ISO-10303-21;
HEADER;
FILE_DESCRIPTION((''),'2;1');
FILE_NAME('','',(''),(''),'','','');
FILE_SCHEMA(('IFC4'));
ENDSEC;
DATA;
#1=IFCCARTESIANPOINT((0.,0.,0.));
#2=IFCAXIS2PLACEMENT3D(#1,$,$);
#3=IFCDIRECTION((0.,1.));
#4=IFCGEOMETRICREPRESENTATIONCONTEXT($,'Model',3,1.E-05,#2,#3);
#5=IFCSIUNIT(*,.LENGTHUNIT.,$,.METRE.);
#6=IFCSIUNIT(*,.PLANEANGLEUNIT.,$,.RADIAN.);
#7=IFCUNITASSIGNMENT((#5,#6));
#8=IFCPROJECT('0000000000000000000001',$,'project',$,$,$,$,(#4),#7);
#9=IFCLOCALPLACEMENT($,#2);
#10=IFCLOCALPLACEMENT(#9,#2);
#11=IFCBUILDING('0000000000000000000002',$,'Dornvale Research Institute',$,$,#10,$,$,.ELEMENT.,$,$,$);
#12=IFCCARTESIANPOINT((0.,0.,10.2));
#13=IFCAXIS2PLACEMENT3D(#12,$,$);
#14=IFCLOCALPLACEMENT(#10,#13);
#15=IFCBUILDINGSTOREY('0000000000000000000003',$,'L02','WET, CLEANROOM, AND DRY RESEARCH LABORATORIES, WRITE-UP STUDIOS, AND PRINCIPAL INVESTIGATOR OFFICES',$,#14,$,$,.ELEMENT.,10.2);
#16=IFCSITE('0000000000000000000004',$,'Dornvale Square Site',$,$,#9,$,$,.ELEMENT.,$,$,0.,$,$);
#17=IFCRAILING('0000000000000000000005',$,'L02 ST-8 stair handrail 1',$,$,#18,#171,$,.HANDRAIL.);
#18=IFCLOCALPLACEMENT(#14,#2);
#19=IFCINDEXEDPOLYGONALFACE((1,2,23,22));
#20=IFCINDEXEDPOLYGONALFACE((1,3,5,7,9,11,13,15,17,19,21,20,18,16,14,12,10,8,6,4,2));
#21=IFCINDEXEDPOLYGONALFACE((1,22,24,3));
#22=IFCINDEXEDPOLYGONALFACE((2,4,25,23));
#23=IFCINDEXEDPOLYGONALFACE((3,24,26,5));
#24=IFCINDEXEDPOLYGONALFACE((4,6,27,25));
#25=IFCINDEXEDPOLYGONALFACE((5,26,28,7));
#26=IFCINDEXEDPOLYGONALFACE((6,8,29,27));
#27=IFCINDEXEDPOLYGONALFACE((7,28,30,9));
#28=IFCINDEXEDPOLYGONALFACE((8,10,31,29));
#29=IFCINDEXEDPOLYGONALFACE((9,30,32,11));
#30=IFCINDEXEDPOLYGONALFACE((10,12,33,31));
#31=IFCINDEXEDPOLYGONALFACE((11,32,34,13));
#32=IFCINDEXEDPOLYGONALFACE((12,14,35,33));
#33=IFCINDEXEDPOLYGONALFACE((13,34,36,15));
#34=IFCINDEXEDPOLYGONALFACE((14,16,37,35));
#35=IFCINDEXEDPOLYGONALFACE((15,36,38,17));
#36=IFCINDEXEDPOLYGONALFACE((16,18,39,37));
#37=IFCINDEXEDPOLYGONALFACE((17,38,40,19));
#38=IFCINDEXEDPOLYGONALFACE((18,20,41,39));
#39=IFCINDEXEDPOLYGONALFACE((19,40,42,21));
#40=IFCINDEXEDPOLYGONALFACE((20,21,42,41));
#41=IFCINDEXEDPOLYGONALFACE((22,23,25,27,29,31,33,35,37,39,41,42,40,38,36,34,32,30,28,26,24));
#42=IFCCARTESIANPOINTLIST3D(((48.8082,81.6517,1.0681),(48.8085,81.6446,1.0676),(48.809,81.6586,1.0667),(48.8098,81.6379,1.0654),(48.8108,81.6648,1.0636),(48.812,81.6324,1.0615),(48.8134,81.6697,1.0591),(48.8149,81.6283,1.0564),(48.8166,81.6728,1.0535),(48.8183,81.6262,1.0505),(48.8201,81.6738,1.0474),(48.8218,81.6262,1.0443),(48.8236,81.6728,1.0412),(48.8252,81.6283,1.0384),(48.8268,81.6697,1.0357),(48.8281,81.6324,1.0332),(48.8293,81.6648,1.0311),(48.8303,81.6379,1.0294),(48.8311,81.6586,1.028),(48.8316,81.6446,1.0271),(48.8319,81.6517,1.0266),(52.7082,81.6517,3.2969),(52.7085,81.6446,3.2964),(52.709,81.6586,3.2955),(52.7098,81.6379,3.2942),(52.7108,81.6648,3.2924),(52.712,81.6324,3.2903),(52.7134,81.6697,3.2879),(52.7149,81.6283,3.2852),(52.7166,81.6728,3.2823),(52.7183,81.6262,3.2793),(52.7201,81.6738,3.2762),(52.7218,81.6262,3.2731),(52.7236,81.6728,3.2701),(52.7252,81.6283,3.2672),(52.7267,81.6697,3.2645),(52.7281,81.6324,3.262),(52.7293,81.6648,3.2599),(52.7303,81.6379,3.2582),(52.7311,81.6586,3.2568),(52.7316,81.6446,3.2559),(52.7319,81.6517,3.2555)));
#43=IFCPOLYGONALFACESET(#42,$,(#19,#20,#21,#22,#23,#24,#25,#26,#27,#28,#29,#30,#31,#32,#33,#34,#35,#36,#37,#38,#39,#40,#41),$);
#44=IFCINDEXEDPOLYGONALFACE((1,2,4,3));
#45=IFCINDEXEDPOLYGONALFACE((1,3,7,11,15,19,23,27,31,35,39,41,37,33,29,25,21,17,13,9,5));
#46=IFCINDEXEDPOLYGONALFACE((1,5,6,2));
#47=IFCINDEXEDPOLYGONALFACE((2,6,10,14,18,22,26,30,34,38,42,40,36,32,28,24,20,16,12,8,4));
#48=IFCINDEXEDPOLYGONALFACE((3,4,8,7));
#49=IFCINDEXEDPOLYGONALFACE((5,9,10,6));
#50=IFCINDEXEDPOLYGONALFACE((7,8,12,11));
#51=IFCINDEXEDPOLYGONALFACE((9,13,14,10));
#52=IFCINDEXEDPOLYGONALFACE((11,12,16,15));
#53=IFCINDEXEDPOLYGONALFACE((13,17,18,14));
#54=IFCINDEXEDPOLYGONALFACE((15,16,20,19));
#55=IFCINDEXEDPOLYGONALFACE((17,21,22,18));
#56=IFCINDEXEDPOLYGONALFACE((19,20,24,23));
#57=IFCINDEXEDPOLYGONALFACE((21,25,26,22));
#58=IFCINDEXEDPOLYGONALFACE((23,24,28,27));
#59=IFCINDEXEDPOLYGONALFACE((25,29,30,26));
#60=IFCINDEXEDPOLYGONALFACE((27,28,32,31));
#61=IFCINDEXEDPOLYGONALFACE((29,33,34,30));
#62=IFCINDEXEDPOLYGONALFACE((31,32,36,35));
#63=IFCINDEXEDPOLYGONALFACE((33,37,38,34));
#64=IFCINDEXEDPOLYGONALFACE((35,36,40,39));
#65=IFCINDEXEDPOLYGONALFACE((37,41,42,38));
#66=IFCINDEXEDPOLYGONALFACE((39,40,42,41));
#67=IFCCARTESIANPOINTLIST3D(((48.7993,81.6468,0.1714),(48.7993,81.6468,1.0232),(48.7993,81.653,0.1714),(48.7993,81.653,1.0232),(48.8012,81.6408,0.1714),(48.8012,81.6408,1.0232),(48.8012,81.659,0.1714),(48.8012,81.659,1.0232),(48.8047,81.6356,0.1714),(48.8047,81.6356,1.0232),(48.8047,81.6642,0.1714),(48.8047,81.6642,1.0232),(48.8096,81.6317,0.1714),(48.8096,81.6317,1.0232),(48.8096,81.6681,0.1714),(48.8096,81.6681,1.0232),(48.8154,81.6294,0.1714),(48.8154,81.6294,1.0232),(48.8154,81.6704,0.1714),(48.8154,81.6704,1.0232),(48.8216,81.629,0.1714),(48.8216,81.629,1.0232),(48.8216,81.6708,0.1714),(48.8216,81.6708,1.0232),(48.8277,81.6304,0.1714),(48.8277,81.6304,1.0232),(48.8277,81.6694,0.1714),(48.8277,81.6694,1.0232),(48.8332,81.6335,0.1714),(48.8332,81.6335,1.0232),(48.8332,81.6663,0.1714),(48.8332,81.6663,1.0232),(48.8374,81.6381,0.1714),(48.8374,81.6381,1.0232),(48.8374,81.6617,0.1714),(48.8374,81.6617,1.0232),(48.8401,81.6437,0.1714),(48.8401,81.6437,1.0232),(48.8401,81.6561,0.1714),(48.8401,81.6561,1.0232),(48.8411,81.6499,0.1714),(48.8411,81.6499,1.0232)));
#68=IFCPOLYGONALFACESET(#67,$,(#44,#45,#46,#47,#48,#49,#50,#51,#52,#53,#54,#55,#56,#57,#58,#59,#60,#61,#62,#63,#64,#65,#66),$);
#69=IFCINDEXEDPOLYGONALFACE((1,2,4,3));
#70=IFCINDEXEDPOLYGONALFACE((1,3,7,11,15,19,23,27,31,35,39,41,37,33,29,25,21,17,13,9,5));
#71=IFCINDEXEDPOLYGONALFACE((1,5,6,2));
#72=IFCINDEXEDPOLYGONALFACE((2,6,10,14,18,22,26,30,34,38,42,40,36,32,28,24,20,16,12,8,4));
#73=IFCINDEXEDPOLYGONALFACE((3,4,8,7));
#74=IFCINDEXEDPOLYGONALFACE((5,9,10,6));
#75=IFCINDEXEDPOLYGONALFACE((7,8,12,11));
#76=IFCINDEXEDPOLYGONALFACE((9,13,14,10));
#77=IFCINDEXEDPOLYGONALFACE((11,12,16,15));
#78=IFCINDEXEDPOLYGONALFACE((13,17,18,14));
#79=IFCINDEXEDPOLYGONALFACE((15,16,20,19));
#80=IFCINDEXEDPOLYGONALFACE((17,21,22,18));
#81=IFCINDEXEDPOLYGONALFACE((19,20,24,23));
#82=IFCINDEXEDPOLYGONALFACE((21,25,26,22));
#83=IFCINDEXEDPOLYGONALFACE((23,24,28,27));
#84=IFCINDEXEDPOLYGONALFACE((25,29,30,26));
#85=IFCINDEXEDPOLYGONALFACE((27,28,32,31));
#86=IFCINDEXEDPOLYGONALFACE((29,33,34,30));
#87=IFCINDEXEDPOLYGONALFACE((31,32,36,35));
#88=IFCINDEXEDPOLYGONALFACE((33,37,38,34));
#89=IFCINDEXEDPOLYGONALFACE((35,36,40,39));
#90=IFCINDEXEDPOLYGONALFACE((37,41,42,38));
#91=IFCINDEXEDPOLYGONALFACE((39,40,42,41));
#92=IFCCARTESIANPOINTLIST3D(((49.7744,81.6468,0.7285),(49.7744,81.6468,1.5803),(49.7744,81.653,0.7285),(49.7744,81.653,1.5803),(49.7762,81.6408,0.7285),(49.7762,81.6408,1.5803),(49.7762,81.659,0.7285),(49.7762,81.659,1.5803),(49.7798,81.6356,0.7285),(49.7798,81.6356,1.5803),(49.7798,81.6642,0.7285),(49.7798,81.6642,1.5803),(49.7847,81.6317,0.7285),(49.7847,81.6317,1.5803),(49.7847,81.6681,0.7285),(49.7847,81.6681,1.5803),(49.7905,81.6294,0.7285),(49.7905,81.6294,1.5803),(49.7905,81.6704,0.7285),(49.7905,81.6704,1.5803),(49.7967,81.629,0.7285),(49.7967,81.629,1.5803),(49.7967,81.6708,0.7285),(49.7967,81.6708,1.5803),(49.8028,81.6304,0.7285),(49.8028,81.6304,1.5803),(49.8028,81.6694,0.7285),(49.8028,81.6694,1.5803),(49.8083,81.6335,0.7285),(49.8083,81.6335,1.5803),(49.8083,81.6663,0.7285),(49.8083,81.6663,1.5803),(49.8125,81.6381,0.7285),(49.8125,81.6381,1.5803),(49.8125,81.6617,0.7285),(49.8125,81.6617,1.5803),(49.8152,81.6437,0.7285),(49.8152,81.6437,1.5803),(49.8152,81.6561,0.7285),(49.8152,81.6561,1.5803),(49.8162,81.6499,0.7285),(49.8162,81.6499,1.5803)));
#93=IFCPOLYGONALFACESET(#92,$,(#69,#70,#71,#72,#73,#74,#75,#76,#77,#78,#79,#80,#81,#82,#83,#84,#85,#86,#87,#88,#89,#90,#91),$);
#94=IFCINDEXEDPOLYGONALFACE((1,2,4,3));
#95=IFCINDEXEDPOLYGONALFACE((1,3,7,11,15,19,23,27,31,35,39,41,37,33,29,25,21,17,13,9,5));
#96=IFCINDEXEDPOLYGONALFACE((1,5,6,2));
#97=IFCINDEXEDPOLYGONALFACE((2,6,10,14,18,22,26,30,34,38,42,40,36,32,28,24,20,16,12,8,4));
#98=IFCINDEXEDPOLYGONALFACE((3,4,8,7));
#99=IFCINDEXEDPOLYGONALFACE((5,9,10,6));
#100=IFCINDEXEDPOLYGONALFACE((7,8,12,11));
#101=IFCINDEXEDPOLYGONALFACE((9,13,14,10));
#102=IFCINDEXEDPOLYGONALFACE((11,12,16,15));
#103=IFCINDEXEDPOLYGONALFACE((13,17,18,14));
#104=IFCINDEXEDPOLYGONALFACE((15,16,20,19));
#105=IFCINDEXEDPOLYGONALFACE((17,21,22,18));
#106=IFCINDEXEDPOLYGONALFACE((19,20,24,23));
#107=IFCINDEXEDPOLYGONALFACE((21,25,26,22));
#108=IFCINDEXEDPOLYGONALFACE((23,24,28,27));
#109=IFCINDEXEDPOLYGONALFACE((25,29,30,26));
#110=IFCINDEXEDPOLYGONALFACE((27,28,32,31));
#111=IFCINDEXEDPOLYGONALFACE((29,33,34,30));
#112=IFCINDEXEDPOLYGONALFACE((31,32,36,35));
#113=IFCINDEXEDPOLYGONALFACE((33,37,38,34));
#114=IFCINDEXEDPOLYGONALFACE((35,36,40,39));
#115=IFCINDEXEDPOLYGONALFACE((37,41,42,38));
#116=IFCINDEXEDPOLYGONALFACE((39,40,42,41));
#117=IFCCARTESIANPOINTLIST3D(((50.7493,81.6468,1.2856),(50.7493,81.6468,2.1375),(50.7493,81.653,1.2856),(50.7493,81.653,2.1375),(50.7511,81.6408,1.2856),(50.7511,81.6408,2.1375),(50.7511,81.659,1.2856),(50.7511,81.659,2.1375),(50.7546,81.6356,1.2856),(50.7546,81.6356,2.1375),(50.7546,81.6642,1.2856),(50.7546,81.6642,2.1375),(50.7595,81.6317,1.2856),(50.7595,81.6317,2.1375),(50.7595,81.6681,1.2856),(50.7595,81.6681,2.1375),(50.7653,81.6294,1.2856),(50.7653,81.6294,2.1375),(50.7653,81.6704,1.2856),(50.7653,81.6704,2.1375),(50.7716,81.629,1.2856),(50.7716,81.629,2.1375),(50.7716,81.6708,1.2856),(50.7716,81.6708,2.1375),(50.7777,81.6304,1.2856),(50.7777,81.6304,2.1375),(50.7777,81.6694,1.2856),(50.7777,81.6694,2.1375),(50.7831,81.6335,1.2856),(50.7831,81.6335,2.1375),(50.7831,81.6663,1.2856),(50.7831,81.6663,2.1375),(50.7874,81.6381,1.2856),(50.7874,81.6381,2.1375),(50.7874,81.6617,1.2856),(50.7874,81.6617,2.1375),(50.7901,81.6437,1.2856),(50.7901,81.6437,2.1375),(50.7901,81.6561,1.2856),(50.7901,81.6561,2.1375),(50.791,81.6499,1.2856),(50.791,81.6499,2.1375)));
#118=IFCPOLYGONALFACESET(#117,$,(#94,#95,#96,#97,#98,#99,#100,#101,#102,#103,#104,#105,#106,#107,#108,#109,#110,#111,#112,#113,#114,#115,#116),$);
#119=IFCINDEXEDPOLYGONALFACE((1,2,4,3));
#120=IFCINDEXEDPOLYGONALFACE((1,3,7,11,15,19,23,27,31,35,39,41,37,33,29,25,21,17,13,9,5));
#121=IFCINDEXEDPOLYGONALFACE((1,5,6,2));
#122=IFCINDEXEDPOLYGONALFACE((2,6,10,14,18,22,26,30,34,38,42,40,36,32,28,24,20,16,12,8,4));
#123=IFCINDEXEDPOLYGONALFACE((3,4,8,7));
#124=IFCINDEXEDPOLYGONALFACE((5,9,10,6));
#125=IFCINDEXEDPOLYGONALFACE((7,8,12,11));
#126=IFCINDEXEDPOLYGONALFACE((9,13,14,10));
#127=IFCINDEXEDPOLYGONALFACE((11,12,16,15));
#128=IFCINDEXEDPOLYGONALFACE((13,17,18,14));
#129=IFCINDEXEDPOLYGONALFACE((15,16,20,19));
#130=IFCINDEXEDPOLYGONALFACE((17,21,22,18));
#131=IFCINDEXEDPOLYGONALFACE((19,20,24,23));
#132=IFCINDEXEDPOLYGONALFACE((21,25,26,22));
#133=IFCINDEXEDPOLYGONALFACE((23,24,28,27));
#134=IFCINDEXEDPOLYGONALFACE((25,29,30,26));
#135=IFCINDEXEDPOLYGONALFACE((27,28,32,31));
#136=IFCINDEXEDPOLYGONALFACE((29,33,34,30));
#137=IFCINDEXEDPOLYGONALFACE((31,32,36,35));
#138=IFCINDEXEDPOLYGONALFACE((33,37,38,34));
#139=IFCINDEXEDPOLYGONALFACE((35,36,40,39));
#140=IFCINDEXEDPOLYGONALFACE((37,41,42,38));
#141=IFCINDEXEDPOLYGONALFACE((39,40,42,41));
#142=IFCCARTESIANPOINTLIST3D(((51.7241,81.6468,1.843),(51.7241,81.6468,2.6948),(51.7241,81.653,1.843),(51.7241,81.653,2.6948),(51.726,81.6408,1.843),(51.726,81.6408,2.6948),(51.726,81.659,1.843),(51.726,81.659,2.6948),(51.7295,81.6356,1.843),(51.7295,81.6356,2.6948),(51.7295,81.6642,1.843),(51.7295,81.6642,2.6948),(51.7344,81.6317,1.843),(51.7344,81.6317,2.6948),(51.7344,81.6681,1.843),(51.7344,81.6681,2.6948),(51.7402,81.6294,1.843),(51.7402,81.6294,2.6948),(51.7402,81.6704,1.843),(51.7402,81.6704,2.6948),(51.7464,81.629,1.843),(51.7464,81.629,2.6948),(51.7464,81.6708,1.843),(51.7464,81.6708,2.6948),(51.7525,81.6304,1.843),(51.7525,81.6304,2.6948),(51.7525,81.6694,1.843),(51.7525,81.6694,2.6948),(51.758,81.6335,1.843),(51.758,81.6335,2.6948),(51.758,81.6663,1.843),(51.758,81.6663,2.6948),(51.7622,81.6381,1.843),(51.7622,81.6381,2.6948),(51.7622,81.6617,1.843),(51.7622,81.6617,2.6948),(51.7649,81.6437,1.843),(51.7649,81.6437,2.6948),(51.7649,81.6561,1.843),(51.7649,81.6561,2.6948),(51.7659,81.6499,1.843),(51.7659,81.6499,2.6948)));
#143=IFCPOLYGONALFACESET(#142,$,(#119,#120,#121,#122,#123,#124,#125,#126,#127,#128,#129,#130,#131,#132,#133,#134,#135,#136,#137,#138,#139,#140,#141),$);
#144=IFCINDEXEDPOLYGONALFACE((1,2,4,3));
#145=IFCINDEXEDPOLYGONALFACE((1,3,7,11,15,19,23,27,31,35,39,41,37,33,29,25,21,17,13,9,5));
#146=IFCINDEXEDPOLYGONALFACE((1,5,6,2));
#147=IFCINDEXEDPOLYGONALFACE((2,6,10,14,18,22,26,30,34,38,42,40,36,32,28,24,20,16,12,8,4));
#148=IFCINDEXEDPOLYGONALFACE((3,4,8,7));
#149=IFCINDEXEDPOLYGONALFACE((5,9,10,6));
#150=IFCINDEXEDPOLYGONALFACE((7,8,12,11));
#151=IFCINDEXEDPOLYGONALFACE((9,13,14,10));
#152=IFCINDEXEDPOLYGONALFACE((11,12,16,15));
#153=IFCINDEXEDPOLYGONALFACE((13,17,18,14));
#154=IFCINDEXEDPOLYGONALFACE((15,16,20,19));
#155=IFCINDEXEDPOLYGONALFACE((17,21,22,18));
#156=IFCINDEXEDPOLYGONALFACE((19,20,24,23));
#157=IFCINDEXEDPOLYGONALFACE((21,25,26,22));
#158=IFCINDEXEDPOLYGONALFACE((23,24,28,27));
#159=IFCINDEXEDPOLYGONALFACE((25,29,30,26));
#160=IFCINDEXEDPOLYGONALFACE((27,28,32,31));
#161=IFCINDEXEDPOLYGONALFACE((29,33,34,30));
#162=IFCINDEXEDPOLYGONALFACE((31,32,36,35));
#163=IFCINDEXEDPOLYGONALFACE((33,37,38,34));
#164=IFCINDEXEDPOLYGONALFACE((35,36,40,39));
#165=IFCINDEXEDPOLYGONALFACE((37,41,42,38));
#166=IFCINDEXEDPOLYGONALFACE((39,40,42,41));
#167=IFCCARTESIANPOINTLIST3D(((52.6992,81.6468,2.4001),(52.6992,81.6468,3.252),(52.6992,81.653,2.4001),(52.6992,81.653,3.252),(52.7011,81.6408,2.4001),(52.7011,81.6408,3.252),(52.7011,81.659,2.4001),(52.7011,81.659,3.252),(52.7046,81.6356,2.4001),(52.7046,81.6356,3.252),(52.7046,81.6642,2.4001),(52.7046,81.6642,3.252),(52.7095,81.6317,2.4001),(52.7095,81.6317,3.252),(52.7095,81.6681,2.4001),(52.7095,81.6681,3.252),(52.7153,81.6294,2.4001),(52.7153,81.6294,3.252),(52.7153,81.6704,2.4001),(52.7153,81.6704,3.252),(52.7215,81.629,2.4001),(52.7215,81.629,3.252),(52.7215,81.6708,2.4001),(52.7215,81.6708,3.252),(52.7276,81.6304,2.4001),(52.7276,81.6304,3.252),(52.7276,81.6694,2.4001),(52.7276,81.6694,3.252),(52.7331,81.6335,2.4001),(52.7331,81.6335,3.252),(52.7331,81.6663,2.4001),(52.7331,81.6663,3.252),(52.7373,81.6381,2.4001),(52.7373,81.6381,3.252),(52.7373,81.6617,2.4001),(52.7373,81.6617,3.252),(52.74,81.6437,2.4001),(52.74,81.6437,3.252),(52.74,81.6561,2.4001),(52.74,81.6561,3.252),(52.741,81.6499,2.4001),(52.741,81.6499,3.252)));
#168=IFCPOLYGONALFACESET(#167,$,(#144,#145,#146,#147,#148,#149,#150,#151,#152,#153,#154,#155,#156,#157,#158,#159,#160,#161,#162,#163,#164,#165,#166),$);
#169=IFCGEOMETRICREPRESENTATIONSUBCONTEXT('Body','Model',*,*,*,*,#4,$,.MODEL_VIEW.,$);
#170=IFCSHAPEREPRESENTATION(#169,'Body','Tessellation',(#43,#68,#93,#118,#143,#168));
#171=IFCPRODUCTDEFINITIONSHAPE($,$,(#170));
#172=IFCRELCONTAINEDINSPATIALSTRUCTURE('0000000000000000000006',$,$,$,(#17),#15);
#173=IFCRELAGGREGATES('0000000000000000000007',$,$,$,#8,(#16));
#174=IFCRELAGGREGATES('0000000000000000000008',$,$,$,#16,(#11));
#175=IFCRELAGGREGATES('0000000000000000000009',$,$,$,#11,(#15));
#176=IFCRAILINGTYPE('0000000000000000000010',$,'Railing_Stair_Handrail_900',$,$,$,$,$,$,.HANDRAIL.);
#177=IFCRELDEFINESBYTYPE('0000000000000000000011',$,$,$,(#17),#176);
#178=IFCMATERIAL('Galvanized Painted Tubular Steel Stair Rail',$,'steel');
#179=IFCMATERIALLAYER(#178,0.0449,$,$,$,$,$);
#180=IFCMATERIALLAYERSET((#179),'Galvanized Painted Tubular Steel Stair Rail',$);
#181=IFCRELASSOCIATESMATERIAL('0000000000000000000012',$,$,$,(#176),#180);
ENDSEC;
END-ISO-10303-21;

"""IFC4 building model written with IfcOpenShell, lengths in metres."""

from ifc_helpers import new_model, si_unit, direction, frame, origin, origin_2d, place, context, subcontext, project, spatial, circle, extrude, material, layer, layer_set, type_object, element, save


model = new_model("IFC4")

# Units and contexts
model_context = context("Model", 3, precision=1e-05, world=origin(), true_north=direction((0.0, 1.0)))
body_context = subcontext(model_context, "Body", "Model", "MODEL_VIEW")
ifc_project = project(units=[si_unit("LENGTHUNIT", "METRE"), si_unit("PLANEANGLEUNIT", "RADIAN")], contexts=[model_context])

# Site, building, storey
site_placement = place(None, origin())
site = spatial("IfcSite", under=ifc_project, at=site_placement, Name="Dornvale Square Site", CompositionType="ELEMENT", RefElevation=0.0)
building_placement = place(site_placement, origin())
building = spatial("IfcBuilding", under=site, at=building_placement, Name="Dornvale Research Institute", CompositionType="ELEMENT")
storey_placement = place(building_placement, frame((0.0, 0.0, 10.2)))
storey = spatial("IfcBuildingStorey", under=building, at=storey_placement, Name="L02", Description="WET, CLEANROOM, AND DRY RESEARCH LABORATORIES, WRITE-UP STUDIOS, AND PRINCIPAL INVESTIGATOR OFFICES", CompositionType="ELEMENT", Elevation=10.2)

# Railing
ifc_material_1 = material(Name="Galvanized Painted Tubular Steel Stair Rail", Category="steel")
ifc_layer_1 = layer(ifc_material_1, 0.0449)
ifc_layer_set_1 = layer_set([ifc_layer_1], Name="Galvanized Painted Tubular Steel Stair Rail")
railing_type_1 = type_object("IfcRailingType", Name="Railing_Stair_Handrail_900", PredefinedType="HANDRAIL", material=ifc_layer_set_1)
railing_1_placement = place(storey_placement, frame((48.8201, 81.6499, 0.1714)))
element("IfcRailing", 1, at=railing_1_placement, inside=storey, type_object=railing_type_1, Name="L02 ST-8 stair handrail 1", PredefinedType="HANDRAIL", context=body_context, shape_type="SweptSolid", body=[
    extrude(circle(Radius=0.0239, at=origin_2d()), frame((0.0, 0.0, 0.876), z_axis=(0.86822, 0.0, 0.49618), x_axis=(0.0, 1.0, 0.0)), (0.0, 0.0, 1.0), 4.4919),
    extrude(circle(Radius=0.021, at=origin_2d()), origin(), (0.0, 0.0, 1.0), 0.8518),
    extrude(circle(Radius=0.021, at=origin_2d()), frame((0.9751, 0.0, 0.5571)), (0.0, 0.0, 1.0), 0.8518),
    extrude(circle(Radius=0.021, at=origin_2d()), frame((1.95, 0.0, 1.1143)), (0.0, 0.0, 1.0), 0.8518),
    extrude(circle(Radius=0.021, at=origin_2d()), frame((2.9248, 0.0, 1.6716)), (0.0, 0.0, 1.0), 0.8518),
    extrude(circle(Radius=0.021, at=origin_2d()), frame((3.8999, 0.0, 2.2288)), (0.0, 0.0, 1.0), 0.8518),
])

save(model, "model.ifc")
